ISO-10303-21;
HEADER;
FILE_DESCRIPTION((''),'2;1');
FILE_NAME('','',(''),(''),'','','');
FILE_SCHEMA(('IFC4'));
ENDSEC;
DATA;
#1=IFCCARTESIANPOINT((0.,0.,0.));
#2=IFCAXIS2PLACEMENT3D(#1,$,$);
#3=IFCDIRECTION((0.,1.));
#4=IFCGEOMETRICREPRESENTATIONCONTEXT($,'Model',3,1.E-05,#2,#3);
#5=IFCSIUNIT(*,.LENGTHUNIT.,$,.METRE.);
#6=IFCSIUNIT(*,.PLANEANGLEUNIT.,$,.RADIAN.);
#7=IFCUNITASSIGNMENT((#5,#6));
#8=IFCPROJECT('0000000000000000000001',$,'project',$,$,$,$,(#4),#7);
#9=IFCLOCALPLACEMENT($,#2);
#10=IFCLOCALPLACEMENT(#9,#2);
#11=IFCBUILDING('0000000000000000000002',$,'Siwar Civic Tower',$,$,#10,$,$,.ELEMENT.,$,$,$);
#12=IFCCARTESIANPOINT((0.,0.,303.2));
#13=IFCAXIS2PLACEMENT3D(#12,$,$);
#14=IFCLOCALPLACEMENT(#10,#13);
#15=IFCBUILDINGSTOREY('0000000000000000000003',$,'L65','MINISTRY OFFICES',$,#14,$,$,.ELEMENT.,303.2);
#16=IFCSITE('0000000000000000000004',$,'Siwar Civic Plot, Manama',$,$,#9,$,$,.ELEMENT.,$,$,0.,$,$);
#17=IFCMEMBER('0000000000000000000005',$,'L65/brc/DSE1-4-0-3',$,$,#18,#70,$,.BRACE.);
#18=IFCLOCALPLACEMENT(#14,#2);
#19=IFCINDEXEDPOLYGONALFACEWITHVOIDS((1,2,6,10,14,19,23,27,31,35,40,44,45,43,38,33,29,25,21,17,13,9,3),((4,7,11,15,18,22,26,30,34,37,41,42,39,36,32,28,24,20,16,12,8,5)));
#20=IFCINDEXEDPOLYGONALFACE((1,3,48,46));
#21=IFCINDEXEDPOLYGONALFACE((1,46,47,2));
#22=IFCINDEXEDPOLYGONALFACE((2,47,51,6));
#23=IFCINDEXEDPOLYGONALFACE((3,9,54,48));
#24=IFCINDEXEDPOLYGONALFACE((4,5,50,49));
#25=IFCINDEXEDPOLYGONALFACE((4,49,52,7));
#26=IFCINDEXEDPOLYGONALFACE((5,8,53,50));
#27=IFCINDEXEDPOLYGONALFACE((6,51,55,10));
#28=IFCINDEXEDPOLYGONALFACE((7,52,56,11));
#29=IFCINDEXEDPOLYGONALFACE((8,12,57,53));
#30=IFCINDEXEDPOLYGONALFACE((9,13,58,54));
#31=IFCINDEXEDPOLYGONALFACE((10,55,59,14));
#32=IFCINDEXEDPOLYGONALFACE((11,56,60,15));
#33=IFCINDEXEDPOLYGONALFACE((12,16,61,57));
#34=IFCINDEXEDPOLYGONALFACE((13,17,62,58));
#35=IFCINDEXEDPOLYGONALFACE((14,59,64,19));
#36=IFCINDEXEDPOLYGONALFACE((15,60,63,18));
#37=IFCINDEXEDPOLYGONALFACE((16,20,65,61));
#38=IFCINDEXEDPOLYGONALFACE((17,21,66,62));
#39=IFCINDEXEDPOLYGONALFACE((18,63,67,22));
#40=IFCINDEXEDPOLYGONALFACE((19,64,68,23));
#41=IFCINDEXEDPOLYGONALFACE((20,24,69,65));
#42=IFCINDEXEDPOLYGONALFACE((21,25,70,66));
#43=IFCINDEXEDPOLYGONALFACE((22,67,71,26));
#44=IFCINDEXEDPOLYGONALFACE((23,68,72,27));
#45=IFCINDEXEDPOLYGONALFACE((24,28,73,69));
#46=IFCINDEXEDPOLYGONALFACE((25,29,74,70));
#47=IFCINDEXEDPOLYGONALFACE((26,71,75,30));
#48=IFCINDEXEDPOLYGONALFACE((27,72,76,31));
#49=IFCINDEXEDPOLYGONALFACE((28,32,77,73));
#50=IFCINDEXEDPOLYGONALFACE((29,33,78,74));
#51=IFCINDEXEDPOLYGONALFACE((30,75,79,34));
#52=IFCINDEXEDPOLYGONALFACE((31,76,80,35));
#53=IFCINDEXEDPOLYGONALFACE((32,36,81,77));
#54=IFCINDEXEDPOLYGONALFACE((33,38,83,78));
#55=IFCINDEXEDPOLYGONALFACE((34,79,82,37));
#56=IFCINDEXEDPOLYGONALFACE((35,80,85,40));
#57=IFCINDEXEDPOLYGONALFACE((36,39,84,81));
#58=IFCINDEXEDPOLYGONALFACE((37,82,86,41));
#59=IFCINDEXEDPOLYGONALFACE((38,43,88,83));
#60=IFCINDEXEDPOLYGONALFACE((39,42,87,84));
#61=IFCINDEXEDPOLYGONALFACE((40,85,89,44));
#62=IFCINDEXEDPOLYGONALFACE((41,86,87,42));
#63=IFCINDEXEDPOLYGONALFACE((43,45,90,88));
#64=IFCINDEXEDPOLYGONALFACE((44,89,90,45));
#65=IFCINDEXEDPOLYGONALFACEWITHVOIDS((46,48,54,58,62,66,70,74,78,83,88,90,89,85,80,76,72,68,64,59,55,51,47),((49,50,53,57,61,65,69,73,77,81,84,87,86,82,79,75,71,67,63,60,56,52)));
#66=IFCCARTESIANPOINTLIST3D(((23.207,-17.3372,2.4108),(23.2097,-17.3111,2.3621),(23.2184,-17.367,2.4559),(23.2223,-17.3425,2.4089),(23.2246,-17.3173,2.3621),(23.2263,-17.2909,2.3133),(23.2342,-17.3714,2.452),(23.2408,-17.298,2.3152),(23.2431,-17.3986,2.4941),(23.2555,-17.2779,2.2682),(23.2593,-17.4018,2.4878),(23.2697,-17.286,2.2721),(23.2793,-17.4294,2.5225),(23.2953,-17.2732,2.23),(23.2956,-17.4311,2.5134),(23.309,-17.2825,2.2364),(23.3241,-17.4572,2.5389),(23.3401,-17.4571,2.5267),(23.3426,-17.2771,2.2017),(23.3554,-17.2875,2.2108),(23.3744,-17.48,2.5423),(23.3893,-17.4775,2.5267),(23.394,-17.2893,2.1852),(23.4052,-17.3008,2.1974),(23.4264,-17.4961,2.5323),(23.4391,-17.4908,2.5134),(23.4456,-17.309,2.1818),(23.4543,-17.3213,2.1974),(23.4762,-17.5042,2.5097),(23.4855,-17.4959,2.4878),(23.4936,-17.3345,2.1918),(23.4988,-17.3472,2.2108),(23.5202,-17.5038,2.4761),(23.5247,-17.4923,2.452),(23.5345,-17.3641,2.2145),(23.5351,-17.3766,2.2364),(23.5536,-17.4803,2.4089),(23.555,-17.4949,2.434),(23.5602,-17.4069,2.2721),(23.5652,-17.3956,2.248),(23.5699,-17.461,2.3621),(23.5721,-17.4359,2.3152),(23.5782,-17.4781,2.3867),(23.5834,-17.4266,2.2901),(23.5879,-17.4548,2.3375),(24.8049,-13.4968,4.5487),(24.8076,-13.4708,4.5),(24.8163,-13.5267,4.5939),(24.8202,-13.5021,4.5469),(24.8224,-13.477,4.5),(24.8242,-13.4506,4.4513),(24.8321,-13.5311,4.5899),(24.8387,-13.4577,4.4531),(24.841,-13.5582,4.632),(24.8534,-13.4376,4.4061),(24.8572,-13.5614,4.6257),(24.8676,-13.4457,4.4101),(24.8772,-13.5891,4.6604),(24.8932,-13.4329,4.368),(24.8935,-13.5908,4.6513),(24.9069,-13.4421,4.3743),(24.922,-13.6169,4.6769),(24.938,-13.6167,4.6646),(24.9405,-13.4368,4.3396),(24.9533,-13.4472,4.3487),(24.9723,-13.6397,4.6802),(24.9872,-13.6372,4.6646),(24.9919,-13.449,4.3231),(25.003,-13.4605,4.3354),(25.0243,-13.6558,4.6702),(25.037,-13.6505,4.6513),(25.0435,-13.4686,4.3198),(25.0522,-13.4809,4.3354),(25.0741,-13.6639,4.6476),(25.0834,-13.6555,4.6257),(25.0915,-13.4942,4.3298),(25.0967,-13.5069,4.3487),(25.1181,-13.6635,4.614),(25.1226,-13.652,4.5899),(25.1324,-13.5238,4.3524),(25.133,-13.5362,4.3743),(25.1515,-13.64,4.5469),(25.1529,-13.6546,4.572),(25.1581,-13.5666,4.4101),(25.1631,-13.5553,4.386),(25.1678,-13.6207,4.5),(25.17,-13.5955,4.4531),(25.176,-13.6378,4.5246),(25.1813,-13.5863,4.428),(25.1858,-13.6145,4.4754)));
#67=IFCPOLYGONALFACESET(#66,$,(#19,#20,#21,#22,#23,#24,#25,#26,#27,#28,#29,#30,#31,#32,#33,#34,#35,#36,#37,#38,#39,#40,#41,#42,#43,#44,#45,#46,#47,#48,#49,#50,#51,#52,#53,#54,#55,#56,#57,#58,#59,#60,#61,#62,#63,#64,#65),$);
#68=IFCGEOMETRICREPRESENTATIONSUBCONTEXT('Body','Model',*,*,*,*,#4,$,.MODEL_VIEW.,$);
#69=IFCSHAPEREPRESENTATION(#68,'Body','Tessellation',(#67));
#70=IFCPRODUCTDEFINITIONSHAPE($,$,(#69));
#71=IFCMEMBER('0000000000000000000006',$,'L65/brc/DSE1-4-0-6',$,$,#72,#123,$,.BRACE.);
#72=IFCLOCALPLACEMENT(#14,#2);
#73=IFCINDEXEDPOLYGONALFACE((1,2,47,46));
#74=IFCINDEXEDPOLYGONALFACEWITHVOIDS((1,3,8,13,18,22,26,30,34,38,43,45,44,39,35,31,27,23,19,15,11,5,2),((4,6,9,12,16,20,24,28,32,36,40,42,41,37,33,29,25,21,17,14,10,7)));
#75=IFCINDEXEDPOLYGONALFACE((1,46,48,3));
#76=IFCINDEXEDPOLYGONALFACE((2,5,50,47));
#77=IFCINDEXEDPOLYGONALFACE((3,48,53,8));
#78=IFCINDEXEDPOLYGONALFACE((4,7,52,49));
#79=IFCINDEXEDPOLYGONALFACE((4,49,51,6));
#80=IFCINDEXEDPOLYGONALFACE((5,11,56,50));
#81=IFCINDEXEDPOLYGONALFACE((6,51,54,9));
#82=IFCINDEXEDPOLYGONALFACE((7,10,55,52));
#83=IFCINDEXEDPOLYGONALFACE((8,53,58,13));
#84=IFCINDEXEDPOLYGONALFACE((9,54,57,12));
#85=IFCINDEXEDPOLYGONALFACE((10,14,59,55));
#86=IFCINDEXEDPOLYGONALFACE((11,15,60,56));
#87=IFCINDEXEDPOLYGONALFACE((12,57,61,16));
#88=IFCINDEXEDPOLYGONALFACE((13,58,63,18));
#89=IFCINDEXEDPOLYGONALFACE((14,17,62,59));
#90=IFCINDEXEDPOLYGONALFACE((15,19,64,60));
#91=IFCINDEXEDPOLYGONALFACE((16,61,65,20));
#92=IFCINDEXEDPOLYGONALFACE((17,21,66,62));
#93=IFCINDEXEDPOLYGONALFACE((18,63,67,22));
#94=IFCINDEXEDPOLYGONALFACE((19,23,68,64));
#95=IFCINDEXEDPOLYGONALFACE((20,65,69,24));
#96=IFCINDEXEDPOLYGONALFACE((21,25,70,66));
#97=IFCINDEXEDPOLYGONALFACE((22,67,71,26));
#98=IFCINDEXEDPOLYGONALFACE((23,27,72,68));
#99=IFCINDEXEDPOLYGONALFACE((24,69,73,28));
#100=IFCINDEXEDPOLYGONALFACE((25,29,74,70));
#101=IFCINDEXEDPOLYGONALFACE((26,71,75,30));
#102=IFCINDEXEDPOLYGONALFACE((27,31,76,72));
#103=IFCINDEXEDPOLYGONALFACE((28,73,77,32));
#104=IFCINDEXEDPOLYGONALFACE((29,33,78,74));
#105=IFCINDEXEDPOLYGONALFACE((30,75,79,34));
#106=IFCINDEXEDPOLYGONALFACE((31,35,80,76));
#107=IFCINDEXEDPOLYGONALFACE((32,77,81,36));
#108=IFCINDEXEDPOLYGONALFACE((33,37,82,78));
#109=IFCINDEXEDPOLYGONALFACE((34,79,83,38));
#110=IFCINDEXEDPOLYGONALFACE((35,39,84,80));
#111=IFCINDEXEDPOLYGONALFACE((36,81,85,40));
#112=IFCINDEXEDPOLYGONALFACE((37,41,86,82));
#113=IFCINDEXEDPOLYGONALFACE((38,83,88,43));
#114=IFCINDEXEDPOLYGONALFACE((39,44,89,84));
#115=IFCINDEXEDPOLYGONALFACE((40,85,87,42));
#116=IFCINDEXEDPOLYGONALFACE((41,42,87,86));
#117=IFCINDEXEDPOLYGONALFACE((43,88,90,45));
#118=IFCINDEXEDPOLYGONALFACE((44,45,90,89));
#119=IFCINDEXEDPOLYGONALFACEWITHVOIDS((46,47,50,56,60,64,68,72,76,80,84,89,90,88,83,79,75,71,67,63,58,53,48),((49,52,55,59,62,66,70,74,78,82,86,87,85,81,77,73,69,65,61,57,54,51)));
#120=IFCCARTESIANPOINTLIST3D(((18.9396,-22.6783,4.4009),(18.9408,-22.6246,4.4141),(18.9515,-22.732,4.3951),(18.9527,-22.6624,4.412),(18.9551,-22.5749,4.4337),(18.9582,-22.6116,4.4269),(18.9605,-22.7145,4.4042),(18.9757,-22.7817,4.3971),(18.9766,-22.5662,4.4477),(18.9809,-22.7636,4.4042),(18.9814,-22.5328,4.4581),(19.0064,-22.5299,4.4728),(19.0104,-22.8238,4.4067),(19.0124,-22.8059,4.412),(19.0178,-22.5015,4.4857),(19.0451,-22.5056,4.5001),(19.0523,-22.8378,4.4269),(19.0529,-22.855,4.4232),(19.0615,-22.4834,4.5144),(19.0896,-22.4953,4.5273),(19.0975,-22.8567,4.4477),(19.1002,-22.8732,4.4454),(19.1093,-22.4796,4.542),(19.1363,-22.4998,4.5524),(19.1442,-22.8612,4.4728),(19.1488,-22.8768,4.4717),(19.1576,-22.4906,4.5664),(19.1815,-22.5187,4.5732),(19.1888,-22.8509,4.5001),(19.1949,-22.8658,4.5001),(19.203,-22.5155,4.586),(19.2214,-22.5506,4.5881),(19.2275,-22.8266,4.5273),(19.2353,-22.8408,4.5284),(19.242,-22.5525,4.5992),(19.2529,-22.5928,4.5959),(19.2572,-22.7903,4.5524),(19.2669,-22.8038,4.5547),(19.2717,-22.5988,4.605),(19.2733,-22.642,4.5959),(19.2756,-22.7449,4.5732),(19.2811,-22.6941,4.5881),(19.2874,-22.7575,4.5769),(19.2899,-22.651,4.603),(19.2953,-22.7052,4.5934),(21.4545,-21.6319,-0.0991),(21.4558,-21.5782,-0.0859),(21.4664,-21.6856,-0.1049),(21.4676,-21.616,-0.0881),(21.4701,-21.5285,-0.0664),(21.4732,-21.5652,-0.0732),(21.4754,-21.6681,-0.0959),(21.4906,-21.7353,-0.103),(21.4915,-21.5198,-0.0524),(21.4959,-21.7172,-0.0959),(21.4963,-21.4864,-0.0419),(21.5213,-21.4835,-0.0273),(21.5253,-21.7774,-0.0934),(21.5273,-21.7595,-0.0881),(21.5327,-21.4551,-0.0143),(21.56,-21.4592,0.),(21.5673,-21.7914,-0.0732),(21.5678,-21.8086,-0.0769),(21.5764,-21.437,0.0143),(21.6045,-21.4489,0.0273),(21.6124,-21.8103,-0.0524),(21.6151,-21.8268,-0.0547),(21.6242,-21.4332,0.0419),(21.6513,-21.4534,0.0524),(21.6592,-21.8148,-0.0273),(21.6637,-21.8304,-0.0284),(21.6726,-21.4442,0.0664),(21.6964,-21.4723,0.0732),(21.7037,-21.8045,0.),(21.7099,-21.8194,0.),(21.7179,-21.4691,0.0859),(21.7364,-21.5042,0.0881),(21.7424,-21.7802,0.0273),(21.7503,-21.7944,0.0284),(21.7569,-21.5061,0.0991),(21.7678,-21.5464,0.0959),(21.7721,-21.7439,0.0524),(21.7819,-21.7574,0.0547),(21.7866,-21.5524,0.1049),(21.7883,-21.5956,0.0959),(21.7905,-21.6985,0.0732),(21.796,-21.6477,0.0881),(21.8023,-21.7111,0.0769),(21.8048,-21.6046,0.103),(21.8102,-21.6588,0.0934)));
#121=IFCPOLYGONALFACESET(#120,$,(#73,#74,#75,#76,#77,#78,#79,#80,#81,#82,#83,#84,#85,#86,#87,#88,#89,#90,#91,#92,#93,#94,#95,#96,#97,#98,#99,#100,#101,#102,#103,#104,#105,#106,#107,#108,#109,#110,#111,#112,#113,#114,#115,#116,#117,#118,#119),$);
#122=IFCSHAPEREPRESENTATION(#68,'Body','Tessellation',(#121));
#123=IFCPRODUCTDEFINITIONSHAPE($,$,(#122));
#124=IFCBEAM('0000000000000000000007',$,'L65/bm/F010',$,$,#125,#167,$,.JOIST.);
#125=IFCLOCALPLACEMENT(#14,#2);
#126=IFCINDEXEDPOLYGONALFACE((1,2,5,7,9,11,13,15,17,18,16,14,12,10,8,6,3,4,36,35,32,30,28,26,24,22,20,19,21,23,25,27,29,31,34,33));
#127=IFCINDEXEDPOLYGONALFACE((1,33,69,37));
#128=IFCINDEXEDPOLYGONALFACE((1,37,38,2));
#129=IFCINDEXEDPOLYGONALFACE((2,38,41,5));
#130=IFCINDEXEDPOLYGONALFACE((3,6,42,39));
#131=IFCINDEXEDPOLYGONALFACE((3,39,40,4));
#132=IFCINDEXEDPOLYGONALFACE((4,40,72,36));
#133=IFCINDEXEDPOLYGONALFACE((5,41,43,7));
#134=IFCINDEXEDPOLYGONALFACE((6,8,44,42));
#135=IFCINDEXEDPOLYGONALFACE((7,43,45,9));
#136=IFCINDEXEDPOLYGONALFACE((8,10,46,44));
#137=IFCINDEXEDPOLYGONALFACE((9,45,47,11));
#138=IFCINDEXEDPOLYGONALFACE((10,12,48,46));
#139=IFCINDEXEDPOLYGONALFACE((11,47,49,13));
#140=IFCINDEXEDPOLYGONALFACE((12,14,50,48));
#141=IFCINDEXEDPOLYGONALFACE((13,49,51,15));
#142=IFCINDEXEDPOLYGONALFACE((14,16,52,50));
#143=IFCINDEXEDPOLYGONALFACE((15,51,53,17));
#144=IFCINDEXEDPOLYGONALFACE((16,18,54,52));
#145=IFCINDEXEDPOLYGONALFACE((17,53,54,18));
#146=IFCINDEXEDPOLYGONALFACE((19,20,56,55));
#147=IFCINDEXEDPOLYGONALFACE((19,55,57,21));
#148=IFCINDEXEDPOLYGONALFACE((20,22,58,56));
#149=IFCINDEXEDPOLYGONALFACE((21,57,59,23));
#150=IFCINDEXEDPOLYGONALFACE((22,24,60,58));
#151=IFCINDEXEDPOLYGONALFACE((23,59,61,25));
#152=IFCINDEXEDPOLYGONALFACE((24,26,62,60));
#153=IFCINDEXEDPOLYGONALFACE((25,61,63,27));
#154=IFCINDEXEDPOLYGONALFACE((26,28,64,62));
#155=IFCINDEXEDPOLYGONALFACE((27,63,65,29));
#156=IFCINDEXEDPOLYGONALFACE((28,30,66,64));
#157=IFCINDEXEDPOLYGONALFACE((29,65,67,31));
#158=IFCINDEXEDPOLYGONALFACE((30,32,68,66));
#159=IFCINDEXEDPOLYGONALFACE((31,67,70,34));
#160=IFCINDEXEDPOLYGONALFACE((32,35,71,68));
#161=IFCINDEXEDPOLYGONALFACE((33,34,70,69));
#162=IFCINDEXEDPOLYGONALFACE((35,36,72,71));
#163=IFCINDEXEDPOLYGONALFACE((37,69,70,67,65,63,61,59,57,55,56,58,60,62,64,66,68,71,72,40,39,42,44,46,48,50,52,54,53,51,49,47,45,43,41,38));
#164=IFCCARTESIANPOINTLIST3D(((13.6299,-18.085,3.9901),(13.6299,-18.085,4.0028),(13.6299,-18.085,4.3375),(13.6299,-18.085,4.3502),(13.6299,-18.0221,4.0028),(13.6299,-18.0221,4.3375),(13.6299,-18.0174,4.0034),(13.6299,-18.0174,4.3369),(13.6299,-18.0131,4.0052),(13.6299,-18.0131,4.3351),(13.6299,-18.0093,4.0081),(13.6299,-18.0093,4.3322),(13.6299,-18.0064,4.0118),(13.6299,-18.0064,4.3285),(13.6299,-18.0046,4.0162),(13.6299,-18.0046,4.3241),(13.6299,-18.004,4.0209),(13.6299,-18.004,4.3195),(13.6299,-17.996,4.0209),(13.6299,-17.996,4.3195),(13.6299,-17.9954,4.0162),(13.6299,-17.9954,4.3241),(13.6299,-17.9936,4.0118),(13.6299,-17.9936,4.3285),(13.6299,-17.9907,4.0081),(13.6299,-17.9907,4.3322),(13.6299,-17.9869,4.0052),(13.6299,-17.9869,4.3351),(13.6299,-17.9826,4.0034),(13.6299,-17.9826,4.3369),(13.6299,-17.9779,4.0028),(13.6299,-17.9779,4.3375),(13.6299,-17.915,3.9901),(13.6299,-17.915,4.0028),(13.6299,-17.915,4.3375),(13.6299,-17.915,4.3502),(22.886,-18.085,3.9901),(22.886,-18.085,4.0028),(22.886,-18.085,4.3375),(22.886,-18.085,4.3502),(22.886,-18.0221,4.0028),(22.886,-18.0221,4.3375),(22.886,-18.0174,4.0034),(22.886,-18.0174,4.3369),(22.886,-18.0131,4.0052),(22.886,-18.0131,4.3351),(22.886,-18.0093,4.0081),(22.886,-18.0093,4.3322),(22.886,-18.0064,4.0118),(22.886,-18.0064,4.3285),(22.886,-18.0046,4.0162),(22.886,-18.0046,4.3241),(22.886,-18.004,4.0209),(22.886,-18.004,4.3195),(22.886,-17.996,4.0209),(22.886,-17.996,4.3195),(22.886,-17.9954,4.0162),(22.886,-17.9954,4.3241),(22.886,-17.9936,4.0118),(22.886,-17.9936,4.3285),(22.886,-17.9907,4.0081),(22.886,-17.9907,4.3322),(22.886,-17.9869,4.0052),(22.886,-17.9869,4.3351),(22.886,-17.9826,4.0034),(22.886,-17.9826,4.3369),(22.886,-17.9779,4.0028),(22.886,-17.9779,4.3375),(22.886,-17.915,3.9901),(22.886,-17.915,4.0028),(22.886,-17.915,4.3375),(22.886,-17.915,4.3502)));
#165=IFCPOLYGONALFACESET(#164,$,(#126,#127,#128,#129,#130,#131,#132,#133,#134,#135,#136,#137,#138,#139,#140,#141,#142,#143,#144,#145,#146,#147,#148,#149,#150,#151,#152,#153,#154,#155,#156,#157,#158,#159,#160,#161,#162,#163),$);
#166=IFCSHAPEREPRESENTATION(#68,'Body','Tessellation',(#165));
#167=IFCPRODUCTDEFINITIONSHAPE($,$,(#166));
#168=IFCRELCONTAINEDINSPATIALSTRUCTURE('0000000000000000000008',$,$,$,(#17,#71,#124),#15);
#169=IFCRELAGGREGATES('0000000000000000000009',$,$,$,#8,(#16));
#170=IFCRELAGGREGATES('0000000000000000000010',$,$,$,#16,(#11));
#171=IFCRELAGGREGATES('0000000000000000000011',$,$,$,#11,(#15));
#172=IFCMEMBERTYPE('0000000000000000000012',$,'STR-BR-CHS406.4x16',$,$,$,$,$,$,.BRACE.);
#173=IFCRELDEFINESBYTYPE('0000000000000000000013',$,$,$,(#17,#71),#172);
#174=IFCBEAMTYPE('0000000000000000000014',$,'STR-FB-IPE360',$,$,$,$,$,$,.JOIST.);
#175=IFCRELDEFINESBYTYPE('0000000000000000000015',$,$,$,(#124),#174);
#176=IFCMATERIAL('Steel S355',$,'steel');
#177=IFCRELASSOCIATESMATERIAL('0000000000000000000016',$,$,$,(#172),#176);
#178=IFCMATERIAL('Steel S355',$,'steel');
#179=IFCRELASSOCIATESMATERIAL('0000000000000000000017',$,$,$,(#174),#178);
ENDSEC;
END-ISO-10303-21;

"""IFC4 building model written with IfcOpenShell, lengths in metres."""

from ifc_helpers import new_model, si_unit, direction, frame, origin, origin_2d, place, context, subcontext, project, spatial, hollow_circle, i_section, extrude, material, material_profile, profile_set, type_object, element, save


model = new_model("IFC4")

# Units and contexts
model_context = context("Model", 3, precision=1e-05, world=origin(), true_north=direction((0.0, 1.0)))
body_context = subcontext(model_context, "Body", "Model", "MODEL_VIEW")
ifc_project = project(units=[si_unit("LENGTHUNIT", "METRE"), si_unit("PLANEANGLEUNIT", "RADIAN")], contexts=[model_context])

# Site, building, storey
site_placement = place(None, origin())
site = spatial("IfcSite", under=ifc_project, at=site_placement, Name="Siwar Civic Plot, Manama", CompositionType="ELEMENT", RefElevation=0.0)
building_placement = place(site_placement, origin())
building = spatial("IfcBuilding", under=site, at=building_placement, Name="Siwar Civic Tower", CompositionType="ELEMENT")
storey_placement = place(building_placement, frame((0.0, 0.0, 303.2)))
storey = spatial("IfcBuildingStorey", under=building, at=storey_placement, Name="L65", Description="MINISTRY OFFICES", CompositionType="ELEMENT", Elevation=303.2)

# Members
ifc_material_1 = material(Name="Steel S355", Category="steel")
ifc_material_profile_1 = material_profile(ifc_material_1, hollow_circle(Radius=0.2031, WallThickness=0.0161, at=origin_2d()), Name="CHS406.4x16")
ifc_profile_set_1 = profile_set([ifc_material_profile_1], Name="Steel S355")
member_type_1 = type_object("IfcMemberType", Name="STR-BR-CHS406.4x16", PredefinedType="BRACE", material=ifc_profile_set_1)
member_1_placement = place(storey_placement, frame((23.3972, -17.3892, 2.3621), z_axis=(0.341667, 0.82115, 0.45714), x_axis=(-0.923268, 0.384157, 0.0)))
element("IfcMember", 1, at=member_1_placement, inside=storey, type_object=member_type_1, Name="L65/brc/DSE1-4-0-3", PredefinedType="BRACE", context=body_context, shape_type="SweptSolid", body=[
    extrude(hollow_circle(Radius=0.2031, WallThickness=0.0161, at=origin_2d()), origin(), (0.0, 0.0, 1.0), 4.6768),
])
member_2_placement = place(storey_placement, frame((21.6318, -21.6318, 0.0), z_axis=(-0.478099, -0.198926, 0.855482), x_axis=(0.384151, -0.92327, 0.0)))
element("IfcMember", 2, at=member_2_placement, inside=storey, type_object=member_type_1, Name="L65/brc/DSE1-4-0-6", PredefinedType="BRACE", context=body_context, shape_type="SweptSolid", body=[
    extrude(hollow_circle(Radius=0.2031, WallThickness=0.0161, at=origin_2d()), origin(), (0.0, 0.0, 1.0), 5.2603),
])

# Beam
ifc_material_2 = material(Name="Steel S355", Category="steel")
ifc_material_profile_2 = material_profile(ifc_material_2, i_section(OverallWidth=0.1699, OverallDepth=0.3601, WebThickness=0.0081, FlangeThickness=0.0127, FilletRadius=0.0181, at=origin_2d()), Name="IPE360")
ifc_profile_set_2 = profile_set([ifc_material_profile_2], Name="Steel S355")
beam_type_1 = type_object("IfcBeamType", Name="STR-FB-IPE360", PredefinedType="JOIST", material=ifc_profile_set_2)
beam_1_placement = place(storey_placement, frame((13.6299, -18.0, 4.1702), z_axis=(1.0, 0.0, 0.0), x_axis=(0.0, 1.0, 0.0)))
element("IfcBeam", 3, at=beam_1_placement, inside=storey, type_object=beam_type_1, Name="L65/bm/F010", PredefinedType="JOIST", context=body_context, shape_type="SweptSolid", body=[
    extrude(i_section(OverallWidth=0.1699, OverallDepth=0.3601, WebThickness=0.0081, FlangeThickness=0.0127, FilletRadius=0.0181, at=origin_2d()), origin(), (0.0, 0.0, 1.0), 9.2561),
])

save(model, "model.ifc")
